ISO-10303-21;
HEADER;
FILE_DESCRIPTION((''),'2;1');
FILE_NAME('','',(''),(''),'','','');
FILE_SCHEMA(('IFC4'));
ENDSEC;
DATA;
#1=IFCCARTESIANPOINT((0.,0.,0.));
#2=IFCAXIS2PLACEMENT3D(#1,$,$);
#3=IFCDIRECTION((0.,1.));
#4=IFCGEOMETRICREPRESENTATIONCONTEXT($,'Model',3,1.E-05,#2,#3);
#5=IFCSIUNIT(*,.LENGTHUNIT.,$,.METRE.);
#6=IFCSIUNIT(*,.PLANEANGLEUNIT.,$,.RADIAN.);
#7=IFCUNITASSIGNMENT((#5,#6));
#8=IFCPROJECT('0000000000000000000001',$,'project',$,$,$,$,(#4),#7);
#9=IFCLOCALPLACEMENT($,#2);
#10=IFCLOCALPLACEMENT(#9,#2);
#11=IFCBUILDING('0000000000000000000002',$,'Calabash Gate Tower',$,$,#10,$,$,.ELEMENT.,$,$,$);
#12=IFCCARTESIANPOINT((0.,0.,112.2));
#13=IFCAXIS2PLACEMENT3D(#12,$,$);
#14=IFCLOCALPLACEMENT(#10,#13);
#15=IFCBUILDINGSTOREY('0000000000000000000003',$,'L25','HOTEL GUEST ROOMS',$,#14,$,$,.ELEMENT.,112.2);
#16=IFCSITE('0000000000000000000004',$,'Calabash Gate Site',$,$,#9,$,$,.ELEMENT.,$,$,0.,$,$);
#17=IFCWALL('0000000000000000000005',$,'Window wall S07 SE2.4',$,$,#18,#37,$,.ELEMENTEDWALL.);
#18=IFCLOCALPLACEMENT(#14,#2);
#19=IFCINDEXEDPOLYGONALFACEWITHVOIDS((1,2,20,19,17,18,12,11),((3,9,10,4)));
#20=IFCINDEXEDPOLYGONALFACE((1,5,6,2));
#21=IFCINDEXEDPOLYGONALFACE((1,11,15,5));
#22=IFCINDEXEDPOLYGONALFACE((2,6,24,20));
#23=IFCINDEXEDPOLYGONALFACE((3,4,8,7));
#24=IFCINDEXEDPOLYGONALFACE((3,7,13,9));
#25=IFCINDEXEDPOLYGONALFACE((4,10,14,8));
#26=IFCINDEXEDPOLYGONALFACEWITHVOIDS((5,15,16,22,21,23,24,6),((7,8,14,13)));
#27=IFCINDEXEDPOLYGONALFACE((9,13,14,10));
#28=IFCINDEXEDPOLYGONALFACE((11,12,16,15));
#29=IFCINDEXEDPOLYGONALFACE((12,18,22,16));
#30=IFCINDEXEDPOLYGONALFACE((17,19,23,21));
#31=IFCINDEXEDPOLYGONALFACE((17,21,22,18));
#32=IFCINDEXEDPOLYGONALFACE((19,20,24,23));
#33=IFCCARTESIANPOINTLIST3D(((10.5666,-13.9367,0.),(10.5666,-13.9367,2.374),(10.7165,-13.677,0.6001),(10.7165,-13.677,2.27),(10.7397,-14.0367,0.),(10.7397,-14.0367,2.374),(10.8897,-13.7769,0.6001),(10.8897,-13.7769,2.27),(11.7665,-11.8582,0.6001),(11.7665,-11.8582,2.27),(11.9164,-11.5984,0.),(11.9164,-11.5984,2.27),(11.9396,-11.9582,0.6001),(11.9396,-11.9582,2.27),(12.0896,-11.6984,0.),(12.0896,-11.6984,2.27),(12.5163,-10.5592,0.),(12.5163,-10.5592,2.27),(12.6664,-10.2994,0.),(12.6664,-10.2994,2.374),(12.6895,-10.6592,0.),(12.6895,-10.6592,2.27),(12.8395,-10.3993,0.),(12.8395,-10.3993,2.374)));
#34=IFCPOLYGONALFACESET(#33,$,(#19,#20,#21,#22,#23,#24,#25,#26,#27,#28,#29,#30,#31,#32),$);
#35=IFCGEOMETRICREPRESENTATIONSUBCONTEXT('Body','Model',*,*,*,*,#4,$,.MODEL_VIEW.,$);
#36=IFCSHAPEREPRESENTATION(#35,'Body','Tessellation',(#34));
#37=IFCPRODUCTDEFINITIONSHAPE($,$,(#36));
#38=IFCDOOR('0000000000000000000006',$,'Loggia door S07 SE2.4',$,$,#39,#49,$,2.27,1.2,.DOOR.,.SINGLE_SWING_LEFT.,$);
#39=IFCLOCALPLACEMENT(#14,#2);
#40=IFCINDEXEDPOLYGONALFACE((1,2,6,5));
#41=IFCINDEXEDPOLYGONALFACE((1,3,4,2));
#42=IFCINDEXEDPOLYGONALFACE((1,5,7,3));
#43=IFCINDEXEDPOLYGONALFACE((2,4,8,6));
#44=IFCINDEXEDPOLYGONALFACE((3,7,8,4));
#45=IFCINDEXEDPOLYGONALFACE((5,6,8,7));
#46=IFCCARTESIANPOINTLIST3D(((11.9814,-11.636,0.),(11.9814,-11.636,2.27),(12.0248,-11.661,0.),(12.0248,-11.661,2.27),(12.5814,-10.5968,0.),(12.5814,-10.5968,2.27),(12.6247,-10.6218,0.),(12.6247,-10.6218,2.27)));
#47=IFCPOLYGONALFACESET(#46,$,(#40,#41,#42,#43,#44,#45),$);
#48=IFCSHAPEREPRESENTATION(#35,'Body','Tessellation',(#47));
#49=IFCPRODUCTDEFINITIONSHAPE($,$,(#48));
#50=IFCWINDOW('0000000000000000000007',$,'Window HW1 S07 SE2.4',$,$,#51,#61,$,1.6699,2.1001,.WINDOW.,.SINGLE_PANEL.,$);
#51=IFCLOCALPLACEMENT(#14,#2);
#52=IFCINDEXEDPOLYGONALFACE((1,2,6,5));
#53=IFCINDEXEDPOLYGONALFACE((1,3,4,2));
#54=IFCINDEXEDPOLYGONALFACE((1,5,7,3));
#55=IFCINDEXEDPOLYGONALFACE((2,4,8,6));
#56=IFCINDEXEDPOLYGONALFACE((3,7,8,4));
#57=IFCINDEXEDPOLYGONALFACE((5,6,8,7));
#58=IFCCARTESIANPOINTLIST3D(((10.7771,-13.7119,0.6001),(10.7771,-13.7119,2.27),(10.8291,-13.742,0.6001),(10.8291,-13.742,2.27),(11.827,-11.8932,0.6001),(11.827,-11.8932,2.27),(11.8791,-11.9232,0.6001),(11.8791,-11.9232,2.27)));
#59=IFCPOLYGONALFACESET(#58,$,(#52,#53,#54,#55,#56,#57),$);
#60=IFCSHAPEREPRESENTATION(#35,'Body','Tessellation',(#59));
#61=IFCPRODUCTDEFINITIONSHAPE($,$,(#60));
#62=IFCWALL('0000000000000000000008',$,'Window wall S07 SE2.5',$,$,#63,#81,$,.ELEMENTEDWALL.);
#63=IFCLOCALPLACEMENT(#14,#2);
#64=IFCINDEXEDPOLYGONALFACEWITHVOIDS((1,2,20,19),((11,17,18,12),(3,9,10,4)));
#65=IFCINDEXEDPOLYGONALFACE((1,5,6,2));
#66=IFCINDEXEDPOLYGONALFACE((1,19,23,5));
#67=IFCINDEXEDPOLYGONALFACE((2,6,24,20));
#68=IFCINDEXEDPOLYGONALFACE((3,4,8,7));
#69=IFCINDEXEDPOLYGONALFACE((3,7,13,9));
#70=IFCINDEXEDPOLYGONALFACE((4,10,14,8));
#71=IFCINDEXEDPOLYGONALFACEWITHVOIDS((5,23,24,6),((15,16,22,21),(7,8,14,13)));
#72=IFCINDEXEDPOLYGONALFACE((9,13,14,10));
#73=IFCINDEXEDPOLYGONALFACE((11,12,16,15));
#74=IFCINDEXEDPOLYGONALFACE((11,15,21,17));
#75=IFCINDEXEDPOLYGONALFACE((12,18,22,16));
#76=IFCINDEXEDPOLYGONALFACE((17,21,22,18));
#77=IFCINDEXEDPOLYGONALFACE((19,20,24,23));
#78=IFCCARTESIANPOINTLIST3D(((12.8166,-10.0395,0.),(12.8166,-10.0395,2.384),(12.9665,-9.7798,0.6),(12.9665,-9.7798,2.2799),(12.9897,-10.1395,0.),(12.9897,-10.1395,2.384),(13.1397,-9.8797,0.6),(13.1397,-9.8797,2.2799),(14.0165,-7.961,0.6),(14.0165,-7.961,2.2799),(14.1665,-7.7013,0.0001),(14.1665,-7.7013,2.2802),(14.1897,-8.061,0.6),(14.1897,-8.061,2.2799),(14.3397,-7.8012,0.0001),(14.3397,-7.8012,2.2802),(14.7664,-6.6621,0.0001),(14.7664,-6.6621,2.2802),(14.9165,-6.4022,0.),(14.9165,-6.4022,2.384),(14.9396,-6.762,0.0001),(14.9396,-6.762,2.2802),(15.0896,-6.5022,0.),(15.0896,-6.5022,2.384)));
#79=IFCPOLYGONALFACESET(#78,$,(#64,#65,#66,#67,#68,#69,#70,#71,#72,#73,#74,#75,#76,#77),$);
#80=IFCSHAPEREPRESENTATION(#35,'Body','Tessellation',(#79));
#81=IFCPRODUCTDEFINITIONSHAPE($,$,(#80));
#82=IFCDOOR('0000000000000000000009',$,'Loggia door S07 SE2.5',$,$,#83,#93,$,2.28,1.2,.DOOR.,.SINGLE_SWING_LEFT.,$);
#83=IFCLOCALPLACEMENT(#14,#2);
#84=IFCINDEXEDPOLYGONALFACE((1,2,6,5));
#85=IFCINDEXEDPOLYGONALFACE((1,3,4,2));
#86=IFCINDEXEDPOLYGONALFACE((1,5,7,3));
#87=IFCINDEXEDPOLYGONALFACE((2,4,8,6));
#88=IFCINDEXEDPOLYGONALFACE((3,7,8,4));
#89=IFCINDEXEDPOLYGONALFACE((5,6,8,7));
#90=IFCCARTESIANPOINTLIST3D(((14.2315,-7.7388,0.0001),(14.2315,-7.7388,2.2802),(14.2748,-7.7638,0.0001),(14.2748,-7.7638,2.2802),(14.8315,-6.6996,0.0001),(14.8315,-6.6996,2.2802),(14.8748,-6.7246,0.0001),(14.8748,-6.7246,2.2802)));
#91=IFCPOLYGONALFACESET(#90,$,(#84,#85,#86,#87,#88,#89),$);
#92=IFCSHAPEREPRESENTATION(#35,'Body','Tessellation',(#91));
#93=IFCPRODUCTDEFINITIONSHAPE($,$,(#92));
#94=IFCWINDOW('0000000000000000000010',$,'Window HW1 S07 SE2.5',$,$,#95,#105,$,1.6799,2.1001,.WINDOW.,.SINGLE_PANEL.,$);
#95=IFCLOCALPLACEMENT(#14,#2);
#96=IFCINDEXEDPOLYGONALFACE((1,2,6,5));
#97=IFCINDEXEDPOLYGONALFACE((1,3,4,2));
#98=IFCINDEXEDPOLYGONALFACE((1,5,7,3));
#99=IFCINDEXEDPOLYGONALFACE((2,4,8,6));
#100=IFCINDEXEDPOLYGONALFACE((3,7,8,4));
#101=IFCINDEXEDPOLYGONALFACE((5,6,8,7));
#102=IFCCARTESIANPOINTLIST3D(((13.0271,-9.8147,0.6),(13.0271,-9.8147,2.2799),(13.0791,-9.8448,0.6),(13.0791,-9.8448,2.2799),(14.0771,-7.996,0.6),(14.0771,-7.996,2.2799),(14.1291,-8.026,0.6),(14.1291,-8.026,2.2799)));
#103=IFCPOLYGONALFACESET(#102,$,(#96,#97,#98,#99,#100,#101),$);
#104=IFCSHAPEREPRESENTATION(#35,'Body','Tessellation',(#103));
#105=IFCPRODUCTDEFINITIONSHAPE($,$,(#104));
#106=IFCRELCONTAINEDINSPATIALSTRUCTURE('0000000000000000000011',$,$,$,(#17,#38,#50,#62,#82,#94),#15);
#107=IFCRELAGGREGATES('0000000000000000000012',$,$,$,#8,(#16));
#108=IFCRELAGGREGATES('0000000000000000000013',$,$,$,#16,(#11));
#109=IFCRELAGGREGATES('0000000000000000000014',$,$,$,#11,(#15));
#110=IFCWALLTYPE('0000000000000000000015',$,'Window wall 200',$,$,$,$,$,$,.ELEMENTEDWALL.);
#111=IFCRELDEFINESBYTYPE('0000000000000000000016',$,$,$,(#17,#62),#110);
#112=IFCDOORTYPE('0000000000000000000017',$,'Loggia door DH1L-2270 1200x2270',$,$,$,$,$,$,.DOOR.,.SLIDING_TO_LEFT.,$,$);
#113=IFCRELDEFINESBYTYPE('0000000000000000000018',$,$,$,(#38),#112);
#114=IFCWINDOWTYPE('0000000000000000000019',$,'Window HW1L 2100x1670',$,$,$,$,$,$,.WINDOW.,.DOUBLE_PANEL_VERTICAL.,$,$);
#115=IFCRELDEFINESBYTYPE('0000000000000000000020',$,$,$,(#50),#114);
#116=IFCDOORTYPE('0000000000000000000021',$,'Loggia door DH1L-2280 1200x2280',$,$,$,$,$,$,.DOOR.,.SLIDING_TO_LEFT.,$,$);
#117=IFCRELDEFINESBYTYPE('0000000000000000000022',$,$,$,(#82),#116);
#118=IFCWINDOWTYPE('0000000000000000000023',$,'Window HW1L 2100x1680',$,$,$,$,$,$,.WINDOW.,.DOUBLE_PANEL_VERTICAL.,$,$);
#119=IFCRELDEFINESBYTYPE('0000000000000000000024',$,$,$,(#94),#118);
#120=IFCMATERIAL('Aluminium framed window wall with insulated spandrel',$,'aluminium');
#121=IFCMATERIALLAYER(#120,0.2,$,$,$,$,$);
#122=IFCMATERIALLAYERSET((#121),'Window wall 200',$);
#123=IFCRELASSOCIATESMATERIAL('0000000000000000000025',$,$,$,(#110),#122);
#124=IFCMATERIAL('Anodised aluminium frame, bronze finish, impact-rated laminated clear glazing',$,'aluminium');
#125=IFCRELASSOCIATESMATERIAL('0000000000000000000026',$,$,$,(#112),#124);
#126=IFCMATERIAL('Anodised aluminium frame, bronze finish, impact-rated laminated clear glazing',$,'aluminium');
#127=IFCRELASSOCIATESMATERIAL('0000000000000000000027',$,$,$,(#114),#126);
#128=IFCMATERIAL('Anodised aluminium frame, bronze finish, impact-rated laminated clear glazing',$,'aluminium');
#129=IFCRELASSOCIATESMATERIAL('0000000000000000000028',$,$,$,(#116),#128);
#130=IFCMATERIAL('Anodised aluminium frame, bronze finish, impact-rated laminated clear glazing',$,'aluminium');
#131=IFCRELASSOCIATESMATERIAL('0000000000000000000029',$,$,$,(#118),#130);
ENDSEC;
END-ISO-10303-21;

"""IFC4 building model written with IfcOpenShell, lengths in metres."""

from ifc_helpers import new_model, si_unit, direction, frame, frame_2d, origin, place, context, subcontext, project, spatial, rectangle, extrude, material, layer, layer_set, type_object, element, fill, save


model = new_model("IFC4")

# Units and contexts
model_context = context("Model", 3, precision=1e-05, world=origin(), true_north=direction((0.0, 1.0)))
body_context = subcontext(model_context, "Body", "Model", "MODEL_VIEW")
ifc_project = project(units=[si_unit("LENGTHUNIT", "METRE"), si_unit("PLANEANGLEUNIT", "RADIAN")], contexts=[model_context])

# Site, building, storey
site_placement = place(None, origin())
site = spatial("IfcSite", under=ifc_project, at=site_placement, Name="Calabash Gate Site", CompositionType="ELEMENT", RefElevation=0.0)
building_placement = place(site_placement, origin())
building = spatial("IfcBuilding", under=site, at=building_placement, Name="Calabash Gate Tower", CompositionType="ELEMENT")
storey_placement = place(building_placement, frame((0.0, 0.0, 112.2)))
storey = spatial("IfcBuildingStorey", under=building, at=storey_placement, Name="L25", Description="HOTEL GUEST ROOMS", CompositionType="ELEMENT", Elevation=112.2)

# Shared definitions
ifc_material_1 = material(Name="Aluminium framed window wall with insulated spandrel", Category="aluminium")
ifc_layer_1 = layer(ifc_material_1, 0.2)
ifc_layer_set_1 = layer_set([ifc_layer_1], Name="Window wall 200")
wall_type_1 = type_object("IfcWallType", Name="Window wall 200", PredefinedType="ELEMENTEDWALL", material=ifc_layer_set_1)

# Walls, openings, doors, windows
wall_1_placement = place(storey_placement, frame((10.6531, -13.9868, 0.0), z_axis=(0.0, 0.0, 1.0), x_axis=(0.499959, 0.866049, 0.0)))
wall_1 = element("IfcWall", 1, at=wall_1_placement, inside=storey, type_object=wall_type_1, Name="Window wall S07 SE2.4", PredefinedType="ELEMENTEDWALL", context=body_context, shape_type="SweptSolid", body=[
    extrude(rectangle(XDim=4.2, YDim=0.2, at=frame_2d((2.1001, 0.0))), origin(), (0.0, 0.0, 1.0), 2.374),
])
opening_1_placement = place(wall_1_placement, frame((0.3, 0.0, 0.6001)))
opening_1 = element("IfcOpeningElement", 2, at=opening_1_placement, cuts=wall_1, PredefinedType="OPENING", context=body_context, shape_type="SweptSolid", body=[
    extrude(rectangle(XDim=2.1001, YDim=1.6699, at=frame_2d((1.05, 0.835))), frame((0.0, 0.1099, 0.0), z_axis=(0.0, -1.0, 0.0), x_axis=(1.0, 0.0, 0.0)), (0.0, 0.0, 1.0), 0.22),
])
opening_2_placement = place(wall_1_placement, frame((2.7, 0.0, 0.0)))
opening_2 = element("IfcOpeningElement", 3, at=opening_2_placement, cuts=wall_1, PredefinedType="OPENING", context=body_context, shape_type="SweptSolid", body=[
    extrude(rectangle(XDim=1.2, YDim=2.27, at=frame_2d((0.6001, 1.135))), frame((0.0, 0.1099, 0.0), z_axis=(0.0, -1.0, 0.0), x_axis=(1.0, 0.0, 0.0)), (0.0, 0.0, 1.0), 0.22),
])
ifc_material_2 = material(Name="Anodised aluminium frame, bronze finish, impact-rated laminated clear glazing", Category="aluminium")
door_type_1 = type_object("IfcDoorType", Name="Loggia door DH1L-2270 1200x2270", OperationType="SLIDING_TO_LEFT", PredefinedType="DOOR", material=ifc_material_2)
door_1_placement = place(opening_2_placement, origin())
door_1 = element("IfcDoor", 4, at=door_1_placement, inside=storey, type_object=door_type_1, Name="Loggia door S07 SE2.4", OperationType="SINGLE_SWING_LEFT", OverallHeight=2.27, OverallWidth=1.2, PredefinedType="DOOR", context=body_context, shape_type="SweptSolid", body=[
    extrude(rectangle(XDim=1.2, YDim=2.27, at=frame_2d((0.6001, 1.135))), frame((0.0, 0.0249, 0.0), z_axis=(0.0, -1.0, 0.0), x_axis=(1.0, 0.0, 0.0)), (0.0, 0.0, 1.0), 0.05),
])
fill(opening_2, door_1)
ifc_material_3 = material(Name="Anodised aluminium frame, bronze finish, impact-rated laminated clear glazing", Category="aluminium")
window_type_1 = type_object("IfcWindowType", Name="Window HW1L 2100x1670", PartitioningType="DOUBLE_PANEL_VERTICAL", PredefinedType="WINDOW", material=ifc_material_3)
window_1_placement = place(opening_1_placement, origin())
window_1 = element("IfcWindow", 5, at=window_1_placement, inside=storey, type_object=window_type_1, Name="Window HW1 S07 SE2.4", OverallHeight=1.6699, OverallWidth=2.1001, PartitioningType="SINGLE_PANEL", PredefinedType="WINDOW", context=body_context, shape_type="SweptSolid", body=[
    extrude(rectangle(XDim=2.1001, YDim=1.6699, at=frame_2d((1.05, 0.835))), frame((0.0, 0.03, 0.0), z_axis=(0.0, -1.0, 0.0), x_axis=(1.0, 0.0, 0.0)), (0.0, 0.0, 1.0), 0.0601),
])
fill(opening_1, window_1)
wall_2_placement = place(storey_placement, frame((12.9031, -10.0896, 0.0), z_axis=(0.0, 0.0, 1.0), x_axis=(0.499984, 0.866035, 0.0)))
wall_2 = element("IfcWall", 6, at=wall_2_placement, inside=storey, type_object=wall_type_1, Name="Window wall S07 SE2.5", PredefinedType="ELEMENTEDWALL", context=body_context, shape_type="SweptSolid", body=[
    extrude(rectangle(XDim=4.2, YDim=0.2, at=frame_2d((2.1001, 0.0))), origin(), (0.0, 0.0, 1.0), 2.384),
])
opening_3_placement = place(wall_2_placement, frame((0.3, 0.0, 0.6001)))
opening_3 = element("IfcOpeningElement", 7, at=opening_3_placement, cuts=wall_2, PredefinedType="OPENING", context=body_context, shape_type="SweptSolid", body=[
    extrude(rectangle(XDim=2.1001, YDim=1.6799, at=frame_2d((1.05, 0.8398))), frame((0.0, 0.1099, 0.0), z_axis=(0.0, -1.0, 0.0), x_axis=(1.0, 0.0, 0.0)), (0.0, 0.0, 1.0), 0.22),
])
opening_4_placement = place(wall_2_placement, frame((2.7, 0.0, 0.0)))
opening_4 = element("IfcOpeningElement", 8, at=opening_4_placement, cuts=wall_2, PredefinedType="OPENING", context=body_context, shape_type="SweptSolid", body=[
    extrude(rectangle(XDim=1.2, YDim=2.28, at=frame_2d((0.6001, 1.1401))), frame((0.0, 0.1099, 0.0), z_axis=(0.0, -1.0, 0.0), x_axis=(1.0, 0.0, 0.0)), (0.0, 0.0, 1.0), 0.22),
])
ifc_material_4 = material(Name="Anodised aluminium frame, bronze finish, impact-rated laminated clear glazing", Category="aluminium")
door_type_2 = type_object("IfcDoorType", Name="Loggia door DH1L-2280 1200x2280", OperationType="SLIDING_TO_LEFT", PredefinedType="DOOR", material=ifc_material_4)
door_2_placement = place(opening_4_placement, origin())
door_2 = element("IfcDoor", 9, at=door_2_placement, inside=storey, type_object=door_type_2, Name="Loggia door S07 SE2.5", OperationType="SINGLE_SWING_LEFT", OverallHeight=2.28, OverallWidth=1.2, PredefinedType="DOOR", context=body_context, shape_type="SweptSolid", body=[
    extrude(rectangle(XDim=1.2, YDim=2.28, at=frame_2d((0.6001, 1.1401))), frame((0.0, 0.0249, 0.0), z_axis=(0.0, -1.0, 0.0), x_axis=(1.0, 0.0, 0.0)), (0.0, 0.0, 1.0), 0.05),
])
fill(opening_4, door_2)
ifc_material_5 = material(Name="Anodised aluminium frame, bronze finish, impact-rated laminated clear glazing", Category="aluminium")
window_type_2 = type_object("IfcWindowType", Name="Window HW1L 2100x1680", PartitioningType="DOUBLE_PANEL_VERTICAL", PredefinedType="WINDOW", material=ifc_material_5)
window_2_placement = place(opening_3_placement, origin())
window_2 = element("IfcWindow", 10, at=window_2_placement, inside=storey, type_object=window_type_2, Name="Window HW1 S07 SE2.5", OverallHeight=1.6799, OverallWidth=2.1001, PartitioningType="SINGLE_PANEL", PredefinedType="WINDOW", context=body_context, shape_type="SweptSolid", body=[
    extrude(rectangle(XDim=2.1001, YDim=1.6799, at=frame_2d((1.05, 0.8398))), frame((0.0, 0.03, 0.0), z_axis=(0.0, -1.0, 0.0), x_axis=(1.0, 0.0, 0.0)), (0.0, 0.0, 1.0), 0.0601),
])
fill(opening_3, window_2)

save(model, "model.ifc")
